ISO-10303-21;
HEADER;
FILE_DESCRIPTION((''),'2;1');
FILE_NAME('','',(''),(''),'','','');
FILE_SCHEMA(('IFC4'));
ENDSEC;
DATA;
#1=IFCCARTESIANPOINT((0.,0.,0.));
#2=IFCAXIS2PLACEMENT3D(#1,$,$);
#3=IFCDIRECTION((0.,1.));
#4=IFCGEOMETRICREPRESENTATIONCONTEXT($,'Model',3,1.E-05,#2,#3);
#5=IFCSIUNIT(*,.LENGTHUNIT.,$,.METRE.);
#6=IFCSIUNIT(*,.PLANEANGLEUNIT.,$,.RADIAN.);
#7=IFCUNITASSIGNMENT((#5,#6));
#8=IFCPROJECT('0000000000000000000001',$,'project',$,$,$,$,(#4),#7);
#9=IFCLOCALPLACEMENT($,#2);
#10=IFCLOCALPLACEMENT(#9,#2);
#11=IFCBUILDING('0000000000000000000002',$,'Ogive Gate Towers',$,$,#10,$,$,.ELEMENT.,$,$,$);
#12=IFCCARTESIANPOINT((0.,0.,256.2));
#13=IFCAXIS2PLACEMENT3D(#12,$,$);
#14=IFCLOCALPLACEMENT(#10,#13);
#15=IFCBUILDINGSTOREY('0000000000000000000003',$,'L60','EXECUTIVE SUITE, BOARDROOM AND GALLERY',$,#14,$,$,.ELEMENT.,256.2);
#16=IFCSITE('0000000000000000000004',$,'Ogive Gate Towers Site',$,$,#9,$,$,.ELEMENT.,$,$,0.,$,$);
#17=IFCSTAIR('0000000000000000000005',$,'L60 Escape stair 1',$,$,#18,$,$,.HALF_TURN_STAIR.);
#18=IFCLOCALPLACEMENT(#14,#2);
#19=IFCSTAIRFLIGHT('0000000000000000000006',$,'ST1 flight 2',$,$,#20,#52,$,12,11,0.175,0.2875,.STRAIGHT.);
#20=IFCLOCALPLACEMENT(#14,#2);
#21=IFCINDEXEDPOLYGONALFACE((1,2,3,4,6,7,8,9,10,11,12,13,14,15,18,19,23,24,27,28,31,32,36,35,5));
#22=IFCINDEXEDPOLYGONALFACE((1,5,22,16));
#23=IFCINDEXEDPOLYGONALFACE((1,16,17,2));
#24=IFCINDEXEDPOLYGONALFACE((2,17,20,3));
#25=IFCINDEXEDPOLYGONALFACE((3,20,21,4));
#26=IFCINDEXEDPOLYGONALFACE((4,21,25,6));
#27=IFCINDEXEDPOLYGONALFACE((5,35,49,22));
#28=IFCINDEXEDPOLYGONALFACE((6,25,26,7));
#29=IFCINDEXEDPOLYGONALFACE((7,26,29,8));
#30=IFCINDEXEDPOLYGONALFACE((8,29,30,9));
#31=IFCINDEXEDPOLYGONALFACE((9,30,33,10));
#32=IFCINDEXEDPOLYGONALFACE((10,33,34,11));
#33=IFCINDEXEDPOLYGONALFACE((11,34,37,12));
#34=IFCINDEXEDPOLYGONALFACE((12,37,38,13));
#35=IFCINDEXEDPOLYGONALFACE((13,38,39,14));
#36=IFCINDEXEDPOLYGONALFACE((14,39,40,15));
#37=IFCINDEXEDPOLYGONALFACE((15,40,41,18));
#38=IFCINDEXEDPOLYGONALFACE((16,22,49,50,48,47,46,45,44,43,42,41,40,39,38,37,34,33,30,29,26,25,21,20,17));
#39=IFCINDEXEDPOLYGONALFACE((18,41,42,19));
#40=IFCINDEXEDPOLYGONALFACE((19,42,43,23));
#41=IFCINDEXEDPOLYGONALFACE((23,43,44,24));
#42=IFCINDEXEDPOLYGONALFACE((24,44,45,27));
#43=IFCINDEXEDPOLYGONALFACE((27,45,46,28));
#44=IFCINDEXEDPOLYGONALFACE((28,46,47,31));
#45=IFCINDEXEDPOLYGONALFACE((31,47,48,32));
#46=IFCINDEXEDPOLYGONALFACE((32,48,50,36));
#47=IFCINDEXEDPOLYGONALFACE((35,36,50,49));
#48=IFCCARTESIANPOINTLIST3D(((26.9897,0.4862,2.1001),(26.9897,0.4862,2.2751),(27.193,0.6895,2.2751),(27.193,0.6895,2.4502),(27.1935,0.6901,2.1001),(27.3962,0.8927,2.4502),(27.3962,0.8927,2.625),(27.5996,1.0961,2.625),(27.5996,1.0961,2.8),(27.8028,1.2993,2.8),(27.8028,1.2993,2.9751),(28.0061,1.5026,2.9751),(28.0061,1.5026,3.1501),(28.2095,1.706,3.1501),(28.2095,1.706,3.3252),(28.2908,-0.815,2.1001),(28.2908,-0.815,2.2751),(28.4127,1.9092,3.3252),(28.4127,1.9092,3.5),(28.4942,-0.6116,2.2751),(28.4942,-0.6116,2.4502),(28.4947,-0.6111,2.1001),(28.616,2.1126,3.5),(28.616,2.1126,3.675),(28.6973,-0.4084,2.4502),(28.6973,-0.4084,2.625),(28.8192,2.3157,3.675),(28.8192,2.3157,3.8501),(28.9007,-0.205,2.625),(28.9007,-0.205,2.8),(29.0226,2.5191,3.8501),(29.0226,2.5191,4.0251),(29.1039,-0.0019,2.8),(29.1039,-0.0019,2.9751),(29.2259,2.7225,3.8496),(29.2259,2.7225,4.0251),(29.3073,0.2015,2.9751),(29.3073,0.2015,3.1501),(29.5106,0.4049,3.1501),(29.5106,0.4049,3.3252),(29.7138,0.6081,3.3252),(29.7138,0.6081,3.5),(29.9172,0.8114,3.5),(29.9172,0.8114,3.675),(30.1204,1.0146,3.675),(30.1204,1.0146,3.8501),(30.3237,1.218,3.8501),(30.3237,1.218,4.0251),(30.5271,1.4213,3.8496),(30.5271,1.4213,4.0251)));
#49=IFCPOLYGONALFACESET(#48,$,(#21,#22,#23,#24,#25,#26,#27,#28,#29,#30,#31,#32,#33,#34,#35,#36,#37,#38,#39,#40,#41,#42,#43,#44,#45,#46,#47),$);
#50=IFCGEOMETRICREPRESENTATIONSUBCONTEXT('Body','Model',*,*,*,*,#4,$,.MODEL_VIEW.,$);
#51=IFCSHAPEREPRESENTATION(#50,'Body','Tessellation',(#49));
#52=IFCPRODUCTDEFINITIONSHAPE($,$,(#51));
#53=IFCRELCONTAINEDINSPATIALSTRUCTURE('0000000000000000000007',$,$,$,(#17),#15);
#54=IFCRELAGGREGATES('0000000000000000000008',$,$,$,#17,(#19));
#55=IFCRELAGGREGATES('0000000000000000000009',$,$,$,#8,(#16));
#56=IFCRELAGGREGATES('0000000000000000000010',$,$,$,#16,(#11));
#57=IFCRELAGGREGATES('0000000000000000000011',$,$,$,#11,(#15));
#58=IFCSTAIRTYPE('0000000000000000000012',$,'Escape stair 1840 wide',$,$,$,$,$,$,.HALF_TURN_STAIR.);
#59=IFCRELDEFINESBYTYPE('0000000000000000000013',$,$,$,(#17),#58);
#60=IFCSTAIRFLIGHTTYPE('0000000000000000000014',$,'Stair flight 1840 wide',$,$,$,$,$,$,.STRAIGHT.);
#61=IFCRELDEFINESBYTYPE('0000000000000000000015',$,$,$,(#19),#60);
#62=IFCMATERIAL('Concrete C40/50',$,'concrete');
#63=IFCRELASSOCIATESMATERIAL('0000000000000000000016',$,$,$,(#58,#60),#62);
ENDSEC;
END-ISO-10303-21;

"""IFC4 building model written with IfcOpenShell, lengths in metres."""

from ifc_helpers import new_model, si_unit, direction, frame, origin, place, context, subcontext, project, spatial, polyline, outline, extrude, material, type_object, element, aggregate, save


model = new_model("IFC4")

# Units and contexts
model_context = context("Model", 3, precision=1e-05, world=origin(), true_north=direction((0.0, 1.0)))
body_context = subcontext(model_context, "Body", "Model", "MODEL_VIEW")
ifc_project = project(units=[si_unit("LENGTHUNIT", "METRE"), si_unit("PLANEANGLEUNIT", "RADIAN")], contexts=[model_context])

# Site, building, storey
site_placement = place(None, origin())
site = spatial("IfcSite", under=ifc_project, at=site_placement, Name="Ogive Gate Towers Site", CompositionType="ELEMENT", RefElevation=0.0)
building_placement = place(site_placement, origin())
building = spatial("IfcBuilding", under=site, at=building_placement, Name="Ogive Gate Towers", CompositionType="ELEMENT")
storey_placement = place(building_placement, frame((0.0, 0.0, 256.2)))
storey = spatial("IfcBuildingStorey", under=building, at=storey_placement, Name="L60", Description="EXECUTIVE SUITE, BOARDROOM AND GALLERY", CompositionType="ELEMENT", Elevation=256.2)

# Stair, stair flight
ifc_material_1 = material(Name="Concrete C40/50", Category="concrete")
stair_type = type_object("IfcStairType", Name="Escape stair 1840 wide", PredefinedType="HALF_TURN_STAIR", material=ifc_material_1)
stair_placement = place(storey_placement, origin())
stair = element("IfcStair", 1, at=stair_placement, inside=storey, type_object=stair_type, Name="L60 Escape stair 1", PredefinedType="HALF_TURN_STAIR")
stair_flight_type = type_object("IfcStairFlightType", Name="Stair flight 1840 wide", PredefinedType="STRAIGHT", material=ifc_material_1)
stair_flight_placement = place(storey_placement, frame((27.6401, -0.1643, 2.1001), z_axis=(0.0, 0.0, 1.0), x_axis=(0.707107, 0.707107, 0.0)))
stair_flight = element("IfcStairFlight", 2, at=stair_flight_placement, type_object=stair_flight_type, Name="ST1 flight 2", NumberOfRisers=12, NumberOfTreads=11, PredefinedType="STRAIGHT", RiserHeight=0.175, TreadLength=0.2875, context=body_context, shape_type="SweptSolid", body=[
    extrude(outline(polyline([(0.0, 0.0), (0.0, 0.175), (0.2876, 0.175), (0.2876, 0.3501), (0.575, 0.3501), (0.575, 0.5249), (0.8625, 0.5249), (0.8625, 0.7), (1.1499, 0.7), (1.1499, 0.875), (1.4375, 0.875), (1.4375, 1.05), (1.7251, 1.05), (1.7251, 1.2251), (2.0125, 1.2251), (2.0125, 1.3999), (2.3, 1.3999), (2.3, 1.575), (2.5874, 1.575), (2.5874, 1.75), (2.875, 1.75), (2.875, 1.925), (3.1626, 1.925), (3.1626, 2.1001), (3.1626, 1.7495), (0.2883, 0.0), (0.0, 0.0)])), frame((0.0, 0.9199, 0.0), z_axis=(0.0, -1.0, 0.0), x_axis=(1.0, 0.0, 0.0)), (0.0, 0.0, 1.0), 1.8401),
])
aggregate(stair, [stair_flight])

save(model, "model.ifc")
